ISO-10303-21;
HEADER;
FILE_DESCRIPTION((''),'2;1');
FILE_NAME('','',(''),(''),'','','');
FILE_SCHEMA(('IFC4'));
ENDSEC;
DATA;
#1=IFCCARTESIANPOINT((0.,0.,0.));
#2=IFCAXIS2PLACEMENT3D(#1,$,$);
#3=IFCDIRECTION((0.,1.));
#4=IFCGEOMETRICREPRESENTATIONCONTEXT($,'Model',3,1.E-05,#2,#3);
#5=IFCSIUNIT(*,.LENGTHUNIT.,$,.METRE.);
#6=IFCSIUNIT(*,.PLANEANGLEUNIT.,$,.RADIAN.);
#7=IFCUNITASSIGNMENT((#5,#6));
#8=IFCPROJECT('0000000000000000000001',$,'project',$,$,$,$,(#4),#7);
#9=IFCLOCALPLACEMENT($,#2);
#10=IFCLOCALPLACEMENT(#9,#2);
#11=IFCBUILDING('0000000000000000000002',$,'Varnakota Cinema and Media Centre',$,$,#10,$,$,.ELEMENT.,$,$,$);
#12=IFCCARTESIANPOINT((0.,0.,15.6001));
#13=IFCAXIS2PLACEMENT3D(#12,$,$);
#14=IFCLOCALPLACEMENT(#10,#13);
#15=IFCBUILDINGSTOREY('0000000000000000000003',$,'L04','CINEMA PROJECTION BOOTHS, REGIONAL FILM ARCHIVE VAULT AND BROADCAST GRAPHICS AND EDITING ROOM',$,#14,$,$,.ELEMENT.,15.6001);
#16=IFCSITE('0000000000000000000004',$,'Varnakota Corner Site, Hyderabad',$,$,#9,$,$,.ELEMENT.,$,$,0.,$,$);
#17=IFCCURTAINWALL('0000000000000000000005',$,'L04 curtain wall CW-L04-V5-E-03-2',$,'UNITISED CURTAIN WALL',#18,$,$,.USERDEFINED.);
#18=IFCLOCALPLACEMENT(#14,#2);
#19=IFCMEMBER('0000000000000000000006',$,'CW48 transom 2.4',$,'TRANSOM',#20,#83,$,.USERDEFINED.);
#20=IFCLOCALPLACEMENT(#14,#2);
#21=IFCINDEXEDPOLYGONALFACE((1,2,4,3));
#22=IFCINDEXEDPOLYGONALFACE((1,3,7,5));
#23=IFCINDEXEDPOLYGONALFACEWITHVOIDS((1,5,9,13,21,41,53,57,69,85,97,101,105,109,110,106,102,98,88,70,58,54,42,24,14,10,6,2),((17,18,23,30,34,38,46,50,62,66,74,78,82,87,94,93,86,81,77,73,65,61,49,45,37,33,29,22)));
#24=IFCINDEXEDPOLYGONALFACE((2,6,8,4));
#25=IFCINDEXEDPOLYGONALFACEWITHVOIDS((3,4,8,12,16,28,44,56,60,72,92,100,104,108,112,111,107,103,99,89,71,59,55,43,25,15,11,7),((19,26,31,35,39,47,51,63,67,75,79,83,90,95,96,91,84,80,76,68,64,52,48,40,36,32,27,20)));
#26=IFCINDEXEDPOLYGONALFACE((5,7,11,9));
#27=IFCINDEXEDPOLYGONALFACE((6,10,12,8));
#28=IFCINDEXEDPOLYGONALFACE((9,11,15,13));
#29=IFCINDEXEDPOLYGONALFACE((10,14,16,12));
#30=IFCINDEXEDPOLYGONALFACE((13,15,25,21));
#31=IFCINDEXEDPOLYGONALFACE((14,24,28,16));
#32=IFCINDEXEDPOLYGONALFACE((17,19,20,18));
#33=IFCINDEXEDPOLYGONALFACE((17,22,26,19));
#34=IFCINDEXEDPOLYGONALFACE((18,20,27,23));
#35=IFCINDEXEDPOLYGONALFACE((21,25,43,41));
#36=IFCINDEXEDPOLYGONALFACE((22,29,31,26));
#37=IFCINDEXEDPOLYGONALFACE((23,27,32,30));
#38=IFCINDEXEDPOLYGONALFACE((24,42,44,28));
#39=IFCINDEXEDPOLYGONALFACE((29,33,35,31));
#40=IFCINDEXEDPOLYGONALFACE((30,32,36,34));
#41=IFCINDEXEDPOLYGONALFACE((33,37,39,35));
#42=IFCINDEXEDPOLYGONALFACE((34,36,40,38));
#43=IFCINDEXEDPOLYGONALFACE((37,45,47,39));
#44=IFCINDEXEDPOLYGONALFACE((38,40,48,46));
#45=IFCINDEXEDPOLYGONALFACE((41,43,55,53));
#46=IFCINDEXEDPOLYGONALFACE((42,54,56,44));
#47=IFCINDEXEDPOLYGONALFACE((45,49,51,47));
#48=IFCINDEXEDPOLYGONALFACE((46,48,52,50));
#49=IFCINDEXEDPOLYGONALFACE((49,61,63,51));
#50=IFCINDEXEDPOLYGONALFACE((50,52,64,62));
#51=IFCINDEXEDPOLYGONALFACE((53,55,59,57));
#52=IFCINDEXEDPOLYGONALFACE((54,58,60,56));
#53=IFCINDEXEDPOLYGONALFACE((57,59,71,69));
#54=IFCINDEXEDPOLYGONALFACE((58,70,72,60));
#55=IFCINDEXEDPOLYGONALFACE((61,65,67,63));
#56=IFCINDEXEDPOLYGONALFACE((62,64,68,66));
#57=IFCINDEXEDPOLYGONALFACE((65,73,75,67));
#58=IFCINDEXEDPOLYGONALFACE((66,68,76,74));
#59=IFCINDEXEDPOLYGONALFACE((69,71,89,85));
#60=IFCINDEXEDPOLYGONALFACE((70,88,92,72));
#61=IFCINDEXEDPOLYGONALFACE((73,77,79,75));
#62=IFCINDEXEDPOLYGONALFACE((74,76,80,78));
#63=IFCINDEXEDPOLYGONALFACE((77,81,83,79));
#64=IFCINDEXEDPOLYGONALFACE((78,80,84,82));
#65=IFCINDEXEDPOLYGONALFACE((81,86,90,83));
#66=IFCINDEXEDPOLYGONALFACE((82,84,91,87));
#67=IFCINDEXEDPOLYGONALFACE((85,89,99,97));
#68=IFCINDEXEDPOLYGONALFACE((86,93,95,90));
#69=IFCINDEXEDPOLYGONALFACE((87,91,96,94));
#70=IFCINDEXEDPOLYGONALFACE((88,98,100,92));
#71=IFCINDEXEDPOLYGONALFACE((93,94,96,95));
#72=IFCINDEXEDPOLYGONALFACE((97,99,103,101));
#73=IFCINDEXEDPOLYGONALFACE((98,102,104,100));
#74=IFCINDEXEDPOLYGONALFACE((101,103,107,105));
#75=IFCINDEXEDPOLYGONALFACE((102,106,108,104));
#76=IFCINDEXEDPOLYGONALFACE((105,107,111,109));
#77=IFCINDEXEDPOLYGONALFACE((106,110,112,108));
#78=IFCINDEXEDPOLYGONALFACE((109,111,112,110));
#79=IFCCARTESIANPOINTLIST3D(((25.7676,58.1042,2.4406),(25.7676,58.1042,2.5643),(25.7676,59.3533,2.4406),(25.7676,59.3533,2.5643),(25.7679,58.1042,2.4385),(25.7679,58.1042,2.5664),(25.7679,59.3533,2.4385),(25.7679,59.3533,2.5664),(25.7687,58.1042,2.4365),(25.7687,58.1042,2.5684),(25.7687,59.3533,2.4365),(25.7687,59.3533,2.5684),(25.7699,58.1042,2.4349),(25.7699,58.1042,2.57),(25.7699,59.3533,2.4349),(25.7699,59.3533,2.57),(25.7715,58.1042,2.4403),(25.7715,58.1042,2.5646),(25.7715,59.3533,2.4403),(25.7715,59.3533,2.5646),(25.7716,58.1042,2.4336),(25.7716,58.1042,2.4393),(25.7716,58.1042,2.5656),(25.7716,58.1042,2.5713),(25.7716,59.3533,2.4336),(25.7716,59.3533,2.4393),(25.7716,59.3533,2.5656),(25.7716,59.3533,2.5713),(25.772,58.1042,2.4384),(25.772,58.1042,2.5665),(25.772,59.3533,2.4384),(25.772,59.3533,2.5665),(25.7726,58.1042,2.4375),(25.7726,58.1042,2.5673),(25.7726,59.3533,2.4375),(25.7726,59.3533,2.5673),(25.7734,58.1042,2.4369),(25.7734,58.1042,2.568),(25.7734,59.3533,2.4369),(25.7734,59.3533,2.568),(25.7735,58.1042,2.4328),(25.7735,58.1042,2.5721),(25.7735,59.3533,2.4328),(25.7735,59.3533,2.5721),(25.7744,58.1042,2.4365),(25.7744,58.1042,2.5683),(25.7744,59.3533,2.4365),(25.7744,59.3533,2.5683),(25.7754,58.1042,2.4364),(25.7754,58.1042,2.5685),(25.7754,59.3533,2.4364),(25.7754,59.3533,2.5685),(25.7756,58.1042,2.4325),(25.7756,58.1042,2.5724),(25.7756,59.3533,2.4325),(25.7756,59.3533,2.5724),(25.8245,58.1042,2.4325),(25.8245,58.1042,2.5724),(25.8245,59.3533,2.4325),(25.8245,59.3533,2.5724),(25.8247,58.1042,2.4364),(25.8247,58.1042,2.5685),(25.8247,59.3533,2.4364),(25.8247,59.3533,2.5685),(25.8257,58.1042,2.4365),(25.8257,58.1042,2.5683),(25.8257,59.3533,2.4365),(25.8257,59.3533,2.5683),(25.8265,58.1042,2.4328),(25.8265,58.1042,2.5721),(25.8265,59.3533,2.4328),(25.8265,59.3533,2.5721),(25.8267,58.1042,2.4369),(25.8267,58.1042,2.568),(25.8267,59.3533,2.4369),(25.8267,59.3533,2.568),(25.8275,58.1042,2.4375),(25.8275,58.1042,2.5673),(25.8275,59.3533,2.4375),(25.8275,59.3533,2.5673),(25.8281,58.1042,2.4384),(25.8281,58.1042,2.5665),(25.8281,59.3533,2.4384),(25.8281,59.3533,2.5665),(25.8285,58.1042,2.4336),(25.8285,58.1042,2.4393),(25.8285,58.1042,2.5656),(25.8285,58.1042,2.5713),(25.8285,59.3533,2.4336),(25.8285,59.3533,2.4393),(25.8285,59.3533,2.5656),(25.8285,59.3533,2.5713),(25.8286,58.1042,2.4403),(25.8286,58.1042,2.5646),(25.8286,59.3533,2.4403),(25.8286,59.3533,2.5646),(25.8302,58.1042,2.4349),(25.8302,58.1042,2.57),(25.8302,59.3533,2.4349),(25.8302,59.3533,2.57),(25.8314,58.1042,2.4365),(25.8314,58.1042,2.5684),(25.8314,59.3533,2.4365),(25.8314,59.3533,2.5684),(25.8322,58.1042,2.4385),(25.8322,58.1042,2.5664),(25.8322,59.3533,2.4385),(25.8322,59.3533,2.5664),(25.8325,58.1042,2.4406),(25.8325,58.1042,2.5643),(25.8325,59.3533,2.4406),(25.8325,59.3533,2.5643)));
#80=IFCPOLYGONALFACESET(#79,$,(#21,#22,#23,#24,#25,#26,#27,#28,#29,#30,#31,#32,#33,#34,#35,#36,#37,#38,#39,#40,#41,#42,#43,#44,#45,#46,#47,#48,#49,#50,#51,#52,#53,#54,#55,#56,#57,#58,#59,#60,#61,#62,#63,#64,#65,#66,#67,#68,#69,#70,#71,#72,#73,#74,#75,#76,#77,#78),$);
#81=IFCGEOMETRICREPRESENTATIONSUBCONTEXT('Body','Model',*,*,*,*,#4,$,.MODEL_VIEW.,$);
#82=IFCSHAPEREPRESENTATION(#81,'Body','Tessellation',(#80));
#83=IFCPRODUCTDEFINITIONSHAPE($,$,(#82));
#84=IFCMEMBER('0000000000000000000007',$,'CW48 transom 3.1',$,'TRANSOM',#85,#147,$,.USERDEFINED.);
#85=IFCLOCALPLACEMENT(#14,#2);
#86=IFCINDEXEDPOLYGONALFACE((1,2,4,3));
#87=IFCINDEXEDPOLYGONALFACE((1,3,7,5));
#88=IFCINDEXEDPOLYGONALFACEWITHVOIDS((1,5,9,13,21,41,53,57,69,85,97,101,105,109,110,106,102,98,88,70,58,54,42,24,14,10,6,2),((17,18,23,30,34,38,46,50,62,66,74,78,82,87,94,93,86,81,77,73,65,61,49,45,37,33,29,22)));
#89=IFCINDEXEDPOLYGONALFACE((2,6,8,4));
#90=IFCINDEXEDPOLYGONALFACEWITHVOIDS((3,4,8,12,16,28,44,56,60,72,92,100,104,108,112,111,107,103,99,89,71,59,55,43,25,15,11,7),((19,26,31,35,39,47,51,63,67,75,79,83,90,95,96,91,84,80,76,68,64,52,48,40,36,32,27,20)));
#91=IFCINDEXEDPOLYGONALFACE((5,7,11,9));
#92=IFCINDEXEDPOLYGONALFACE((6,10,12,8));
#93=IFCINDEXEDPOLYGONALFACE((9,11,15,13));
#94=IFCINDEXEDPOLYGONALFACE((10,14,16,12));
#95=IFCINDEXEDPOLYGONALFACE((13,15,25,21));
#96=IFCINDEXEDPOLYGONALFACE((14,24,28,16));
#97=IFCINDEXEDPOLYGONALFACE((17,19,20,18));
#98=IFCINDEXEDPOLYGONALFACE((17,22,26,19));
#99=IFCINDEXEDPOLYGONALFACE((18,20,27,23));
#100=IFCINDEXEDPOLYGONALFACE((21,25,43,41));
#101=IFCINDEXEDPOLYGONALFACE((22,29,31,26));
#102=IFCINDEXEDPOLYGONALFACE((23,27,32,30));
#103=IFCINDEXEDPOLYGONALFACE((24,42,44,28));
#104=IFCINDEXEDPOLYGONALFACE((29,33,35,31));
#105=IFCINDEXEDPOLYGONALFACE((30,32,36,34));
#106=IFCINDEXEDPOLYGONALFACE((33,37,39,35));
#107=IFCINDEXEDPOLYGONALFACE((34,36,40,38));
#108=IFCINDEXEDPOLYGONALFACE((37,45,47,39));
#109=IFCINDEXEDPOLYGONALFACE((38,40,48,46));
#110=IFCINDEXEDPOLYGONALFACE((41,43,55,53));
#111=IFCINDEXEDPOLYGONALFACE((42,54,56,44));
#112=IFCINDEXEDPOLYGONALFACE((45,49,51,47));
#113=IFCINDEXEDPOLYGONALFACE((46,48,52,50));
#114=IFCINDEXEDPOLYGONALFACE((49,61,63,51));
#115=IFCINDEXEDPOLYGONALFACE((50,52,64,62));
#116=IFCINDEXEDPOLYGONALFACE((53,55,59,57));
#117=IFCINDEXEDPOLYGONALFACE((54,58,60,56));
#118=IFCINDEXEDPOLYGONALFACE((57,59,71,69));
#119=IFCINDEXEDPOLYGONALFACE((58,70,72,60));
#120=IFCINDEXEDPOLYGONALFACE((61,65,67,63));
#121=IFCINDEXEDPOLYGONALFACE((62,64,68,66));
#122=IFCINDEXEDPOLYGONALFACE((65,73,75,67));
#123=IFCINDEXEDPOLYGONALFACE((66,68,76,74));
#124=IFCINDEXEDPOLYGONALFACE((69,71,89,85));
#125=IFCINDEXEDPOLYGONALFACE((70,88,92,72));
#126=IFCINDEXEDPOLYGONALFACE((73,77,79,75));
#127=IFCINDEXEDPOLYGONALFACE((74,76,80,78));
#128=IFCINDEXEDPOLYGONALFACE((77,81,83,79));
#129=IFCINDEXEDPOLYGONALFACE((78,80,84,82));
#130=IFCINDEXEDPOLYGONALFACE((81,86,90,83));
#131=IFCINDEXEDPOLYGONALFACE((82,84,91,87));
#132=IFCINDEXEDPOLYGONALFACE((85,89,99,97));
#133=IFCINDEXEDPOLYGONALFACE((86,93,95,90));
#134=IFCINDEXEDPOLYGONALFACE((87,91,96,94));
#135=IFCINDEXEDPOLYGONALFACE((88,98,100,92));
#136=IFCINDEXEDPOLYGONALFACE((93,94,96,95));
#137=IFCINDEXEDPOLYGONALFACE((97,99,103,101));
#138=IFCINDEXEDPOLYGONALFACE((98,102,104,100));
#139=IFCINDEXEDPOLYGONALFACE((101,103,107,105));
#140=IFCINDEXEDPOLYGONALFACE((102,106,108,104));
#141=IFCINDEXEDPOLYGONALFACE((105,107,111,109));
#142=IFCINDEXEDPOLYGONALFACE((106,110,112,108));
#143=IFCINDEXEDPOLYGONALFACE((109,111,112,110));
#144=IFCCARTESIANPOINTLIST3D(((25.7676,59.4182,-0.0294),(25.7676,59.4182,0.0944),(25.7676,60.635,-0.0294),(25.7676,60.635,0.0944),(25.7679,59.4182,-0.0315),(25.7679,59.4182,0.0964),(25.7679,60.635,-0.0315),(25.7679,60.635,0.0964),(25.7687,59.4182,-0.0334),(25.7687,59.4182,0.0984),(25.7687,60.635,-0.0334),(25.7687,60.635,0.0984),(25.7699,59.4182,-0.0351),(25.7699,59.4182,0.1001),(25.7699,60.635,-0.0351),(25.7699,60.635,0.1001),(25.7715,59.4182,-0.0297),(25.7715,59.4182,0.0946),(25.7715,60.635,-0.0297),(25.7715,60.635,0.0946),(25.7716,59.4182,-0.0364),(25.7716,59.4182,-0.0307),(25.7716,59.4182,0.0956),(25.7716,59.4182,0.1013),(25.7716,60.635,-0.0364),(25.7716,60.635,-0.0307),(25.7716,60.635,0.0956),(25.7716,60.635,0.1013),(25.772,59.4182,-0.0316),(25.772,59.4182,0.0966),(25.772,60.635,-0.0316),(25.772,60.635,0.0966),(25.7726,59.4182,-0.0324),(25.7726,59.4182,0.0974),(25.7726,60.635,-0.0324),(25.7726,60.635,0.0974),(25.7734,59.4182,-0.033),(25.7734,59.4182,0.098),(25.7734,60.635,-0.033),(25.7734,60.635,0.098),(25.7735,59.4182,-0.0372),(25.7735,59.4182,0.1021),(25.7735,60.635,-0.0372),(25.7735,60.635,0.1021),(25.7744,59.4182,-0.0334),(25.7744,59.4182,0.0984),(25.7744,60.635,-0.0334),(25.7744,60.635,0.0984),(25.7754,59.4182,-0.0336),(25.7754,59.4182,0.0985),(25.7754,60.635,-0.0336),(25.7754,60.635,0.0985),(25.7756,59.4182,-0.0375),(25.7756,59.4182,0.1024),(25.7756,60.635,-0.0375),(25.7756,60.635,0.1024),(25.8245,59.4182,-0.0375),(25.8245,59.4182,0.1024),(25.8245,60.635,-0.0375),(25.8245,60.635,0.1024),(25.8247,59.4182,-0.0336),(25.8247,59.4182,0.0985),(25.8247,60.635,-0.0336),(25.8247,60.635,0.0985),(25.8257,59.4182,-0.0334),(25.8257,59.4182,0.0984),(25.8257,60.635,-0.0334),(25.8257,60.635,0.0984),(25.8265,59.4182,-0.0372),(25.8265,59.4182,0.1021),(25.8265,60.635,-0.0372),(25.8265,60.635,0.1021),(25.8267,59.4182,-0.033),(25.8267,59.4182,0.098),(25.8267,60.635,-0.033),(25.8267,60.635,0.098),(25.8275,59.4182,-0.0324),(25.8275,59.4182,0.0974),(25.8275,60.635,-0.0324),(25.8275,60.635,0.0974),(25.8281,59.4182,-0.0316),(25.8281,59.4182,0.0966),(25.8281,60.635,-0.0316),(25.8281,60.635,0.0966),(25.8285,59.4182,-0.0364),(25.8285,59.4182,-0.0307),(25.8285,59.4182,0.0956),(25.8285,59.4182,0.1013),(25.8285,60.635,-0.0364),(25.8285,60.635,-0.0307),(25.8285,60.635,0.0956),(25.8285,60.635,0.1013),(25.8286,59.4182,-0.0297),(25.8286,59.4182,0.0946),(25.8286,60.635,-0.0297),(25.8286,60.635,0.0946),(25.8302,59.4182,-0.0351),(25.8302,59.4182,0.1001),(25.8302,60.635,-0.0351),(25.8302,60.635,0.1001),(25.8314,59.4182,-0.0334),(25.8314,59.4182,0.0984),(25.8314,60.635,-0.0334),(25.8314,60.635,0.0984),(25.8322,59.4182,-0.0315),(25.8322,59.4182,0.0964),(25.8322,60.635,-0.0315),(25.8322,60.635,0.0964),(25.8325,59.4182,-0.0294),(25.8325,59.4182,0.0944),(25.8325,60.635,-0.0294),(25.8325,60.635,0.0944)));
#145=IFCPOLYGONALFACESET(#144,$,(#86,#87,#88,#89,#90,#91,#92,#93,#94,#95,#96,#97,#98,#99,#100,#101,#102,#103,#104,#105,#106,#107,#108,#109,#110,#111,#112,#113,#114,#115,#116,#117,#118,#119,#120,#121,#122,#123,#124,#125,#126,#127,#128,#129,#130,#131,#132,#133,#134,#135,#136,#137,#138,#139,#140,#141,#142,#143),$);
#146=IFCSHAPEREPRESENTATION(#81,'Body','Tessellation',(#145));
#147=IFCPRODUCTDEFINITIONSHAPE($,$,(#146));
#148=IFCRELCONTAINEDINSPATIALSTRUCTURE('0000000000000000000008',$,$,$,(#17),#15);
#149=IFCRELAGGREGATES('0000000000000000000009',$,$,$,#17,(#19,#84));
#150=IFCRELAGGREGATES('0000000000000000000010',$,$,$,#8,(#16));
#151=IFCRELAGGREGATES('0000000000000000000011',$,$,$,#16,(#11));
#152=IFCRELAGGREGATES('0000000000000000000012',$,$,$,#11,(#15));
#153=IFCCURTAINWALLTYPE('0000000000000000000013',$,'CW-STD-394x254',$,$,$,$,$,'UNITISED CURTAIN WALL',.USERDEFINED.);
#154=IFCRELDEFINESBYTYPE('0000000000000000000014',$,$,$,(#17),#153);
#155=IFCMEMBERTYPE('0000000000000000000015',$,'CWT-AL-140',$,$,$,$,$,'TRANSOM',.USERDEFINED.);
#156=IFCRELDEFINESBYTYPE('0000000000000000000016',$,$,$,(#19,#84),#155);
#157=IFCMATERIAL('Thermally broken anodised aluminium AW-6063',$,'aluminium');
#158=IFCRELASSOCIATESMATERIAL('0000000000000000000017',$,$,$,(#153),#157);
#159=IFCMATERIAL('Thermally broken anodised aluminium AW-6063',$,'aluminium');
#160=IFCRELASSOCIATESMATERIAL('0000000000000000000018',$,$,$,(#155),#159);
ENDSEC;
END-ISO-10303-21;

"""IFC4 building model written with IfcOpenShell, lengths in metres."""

from ifc_helpers import new_model, si_unit, direction, frame, origin, origin_2d, place, context, subcontext, project, spatial, hollow_rectangle, extrude, material, material_profile, profile_set, type_object, element, aggregate, save


model = new_model("IFC4")

# Units and contexts
model_context = context("Model", 3, precision=1e-05, world=origin(), true_north=direction((0.0, 1.0)))
body_context = subcontext(model_context, "Body", "Model", "MODEL_VIEW")
ifc_project = project(units=[si_unit("LENGTHUNIT", "METRE"), si_unit("PLANEANGLEUNIT", "RADIAN")], contexts=[model_context])

# Site, building, storey
site_placement = place(None, origin())
site = spatial("IfcSite", under=ifc_project, at=site_placement, Name="Varnakota Corner Site, Hyderabad", CompositionType="ELEMENT", RefElevation=0.0)
building_placement = place(site_placement, origin())
building = spatial("IfcBuilding", under=site, at=building_placement, Name="Varnakota Cinema and Media Centre", CompositionType="ELEMENT")
storey_placement = place(building_placement, frame((0.0, 0.0, 15.6001)))
storey = spatial("IfcBuildingStorey", under=building, at=storey_placement, Name="L04", Description="CINEMA PROJECTION BOOTHS, REGIONAL FILM ARCHIVE VAULT AND BROADCAST GRAPHICS AND EDITING ROOM", CompositionType="ELEMENT", Elevation=15.6001)

# Curtain wall
ifc_material_1 = material(Name="Thermally broken anodised aluminium AW-6063", Category="aluminium")
curtain_wall_type = type_object("IfcCurtainWallType", Name="CW-STD-394x254", ElementType="UNITISED CURTAIN WALL", PredefinedType="USERDEFINED", material=ifc_material_1)
curtain_wall_1_placement = place(storey_placement, origin())
curtain_wall_1 = element("IfcCurtainWall", 1, at=curtain_wall_1_placement, inside=storey, type_object=curtain_wall_type, Name="L04 curtain wall CW-L04-V5-E-03-2", ObjectType="UNITISED CURTAIN WALL", PredefinedType="USERDEFINED")

# Members
ifc_material_2 = material(Name="Thermally broken anodised aluminium AW-6063", Category="aluminium")
ifc_material_profile_1 = material_profile(ifc_material_2, hollow_rectangle(XDim=0.0649, YDim=0.1399, WallThickness=0.0039, InnerFilletRadius=0.0039, OuterFilletRadius=0.0081, at=origin_2d()), Name="AL-TRANSOM 140x65x4")
ifc_profile_set_1 = profile_set([ifc_material_profile_1], Name="Thermally broken anodised aluminium AW-6063")
member_type_1 = type_object("IfcMemberType", Name="CWT-AL-140", ElementType="TRANSOM", PredefinedType="USERDEFINED", material=ifc_profile_set_1)
member_1_placement = place(storey_placement, frame((25.8, 58.1042, 2.5024), z_axis=(0.0, 1.0, 0.0), x_axis=(-1.0, 0.0, 0.0)))
member_1 = element("IfcMember", 2, at=member_1_placement, type_object=member_type_1, Name="CW48 transom 2.4", ObjectType="TRANSOM", PredefinedType="USERDEFINED", context=body_context, shape_type="SweptSolid", body=[
    extrude(hollow_rectangle(XDim=0.0649, YDim=0.1399, WallThickness=0.0039, InnerFilletRadius=0.0039, OuterFilletRadius=0.0081, at=origin_2d()), origin(), (0.0, 0.0, 1.0), 1.249),
])
member_2_placement = place(storey_placement, frame((25.8, 59.4182, 0.0325), z_axis=(0.0, 1.0, 0.0), x_axis=(-1.0, 0.0, 0.0)))
member_2 = element("IfcMember", 3, at=member_2_placement, type_object=member_type_1, Name="CW48 transom 3.1", ObjectType="TRANSOM", PredefinedType="USERDEFINED", context=body_context, shape_type="SweptSolid", body=[
    extrude(hollow_rectangle(XDim=0.0649, YDim=0.1399, WallThickness=0.0039, InnerFilletRadius=0.0039, OuterFilletRadius=0.0081, at=origin_2d()), origin(), (0.0, 0.0, 1.0), 1.2168),
])

aggregate(curtain_wall_1, [member_1, member_2])

save(model, "model.ifc")
